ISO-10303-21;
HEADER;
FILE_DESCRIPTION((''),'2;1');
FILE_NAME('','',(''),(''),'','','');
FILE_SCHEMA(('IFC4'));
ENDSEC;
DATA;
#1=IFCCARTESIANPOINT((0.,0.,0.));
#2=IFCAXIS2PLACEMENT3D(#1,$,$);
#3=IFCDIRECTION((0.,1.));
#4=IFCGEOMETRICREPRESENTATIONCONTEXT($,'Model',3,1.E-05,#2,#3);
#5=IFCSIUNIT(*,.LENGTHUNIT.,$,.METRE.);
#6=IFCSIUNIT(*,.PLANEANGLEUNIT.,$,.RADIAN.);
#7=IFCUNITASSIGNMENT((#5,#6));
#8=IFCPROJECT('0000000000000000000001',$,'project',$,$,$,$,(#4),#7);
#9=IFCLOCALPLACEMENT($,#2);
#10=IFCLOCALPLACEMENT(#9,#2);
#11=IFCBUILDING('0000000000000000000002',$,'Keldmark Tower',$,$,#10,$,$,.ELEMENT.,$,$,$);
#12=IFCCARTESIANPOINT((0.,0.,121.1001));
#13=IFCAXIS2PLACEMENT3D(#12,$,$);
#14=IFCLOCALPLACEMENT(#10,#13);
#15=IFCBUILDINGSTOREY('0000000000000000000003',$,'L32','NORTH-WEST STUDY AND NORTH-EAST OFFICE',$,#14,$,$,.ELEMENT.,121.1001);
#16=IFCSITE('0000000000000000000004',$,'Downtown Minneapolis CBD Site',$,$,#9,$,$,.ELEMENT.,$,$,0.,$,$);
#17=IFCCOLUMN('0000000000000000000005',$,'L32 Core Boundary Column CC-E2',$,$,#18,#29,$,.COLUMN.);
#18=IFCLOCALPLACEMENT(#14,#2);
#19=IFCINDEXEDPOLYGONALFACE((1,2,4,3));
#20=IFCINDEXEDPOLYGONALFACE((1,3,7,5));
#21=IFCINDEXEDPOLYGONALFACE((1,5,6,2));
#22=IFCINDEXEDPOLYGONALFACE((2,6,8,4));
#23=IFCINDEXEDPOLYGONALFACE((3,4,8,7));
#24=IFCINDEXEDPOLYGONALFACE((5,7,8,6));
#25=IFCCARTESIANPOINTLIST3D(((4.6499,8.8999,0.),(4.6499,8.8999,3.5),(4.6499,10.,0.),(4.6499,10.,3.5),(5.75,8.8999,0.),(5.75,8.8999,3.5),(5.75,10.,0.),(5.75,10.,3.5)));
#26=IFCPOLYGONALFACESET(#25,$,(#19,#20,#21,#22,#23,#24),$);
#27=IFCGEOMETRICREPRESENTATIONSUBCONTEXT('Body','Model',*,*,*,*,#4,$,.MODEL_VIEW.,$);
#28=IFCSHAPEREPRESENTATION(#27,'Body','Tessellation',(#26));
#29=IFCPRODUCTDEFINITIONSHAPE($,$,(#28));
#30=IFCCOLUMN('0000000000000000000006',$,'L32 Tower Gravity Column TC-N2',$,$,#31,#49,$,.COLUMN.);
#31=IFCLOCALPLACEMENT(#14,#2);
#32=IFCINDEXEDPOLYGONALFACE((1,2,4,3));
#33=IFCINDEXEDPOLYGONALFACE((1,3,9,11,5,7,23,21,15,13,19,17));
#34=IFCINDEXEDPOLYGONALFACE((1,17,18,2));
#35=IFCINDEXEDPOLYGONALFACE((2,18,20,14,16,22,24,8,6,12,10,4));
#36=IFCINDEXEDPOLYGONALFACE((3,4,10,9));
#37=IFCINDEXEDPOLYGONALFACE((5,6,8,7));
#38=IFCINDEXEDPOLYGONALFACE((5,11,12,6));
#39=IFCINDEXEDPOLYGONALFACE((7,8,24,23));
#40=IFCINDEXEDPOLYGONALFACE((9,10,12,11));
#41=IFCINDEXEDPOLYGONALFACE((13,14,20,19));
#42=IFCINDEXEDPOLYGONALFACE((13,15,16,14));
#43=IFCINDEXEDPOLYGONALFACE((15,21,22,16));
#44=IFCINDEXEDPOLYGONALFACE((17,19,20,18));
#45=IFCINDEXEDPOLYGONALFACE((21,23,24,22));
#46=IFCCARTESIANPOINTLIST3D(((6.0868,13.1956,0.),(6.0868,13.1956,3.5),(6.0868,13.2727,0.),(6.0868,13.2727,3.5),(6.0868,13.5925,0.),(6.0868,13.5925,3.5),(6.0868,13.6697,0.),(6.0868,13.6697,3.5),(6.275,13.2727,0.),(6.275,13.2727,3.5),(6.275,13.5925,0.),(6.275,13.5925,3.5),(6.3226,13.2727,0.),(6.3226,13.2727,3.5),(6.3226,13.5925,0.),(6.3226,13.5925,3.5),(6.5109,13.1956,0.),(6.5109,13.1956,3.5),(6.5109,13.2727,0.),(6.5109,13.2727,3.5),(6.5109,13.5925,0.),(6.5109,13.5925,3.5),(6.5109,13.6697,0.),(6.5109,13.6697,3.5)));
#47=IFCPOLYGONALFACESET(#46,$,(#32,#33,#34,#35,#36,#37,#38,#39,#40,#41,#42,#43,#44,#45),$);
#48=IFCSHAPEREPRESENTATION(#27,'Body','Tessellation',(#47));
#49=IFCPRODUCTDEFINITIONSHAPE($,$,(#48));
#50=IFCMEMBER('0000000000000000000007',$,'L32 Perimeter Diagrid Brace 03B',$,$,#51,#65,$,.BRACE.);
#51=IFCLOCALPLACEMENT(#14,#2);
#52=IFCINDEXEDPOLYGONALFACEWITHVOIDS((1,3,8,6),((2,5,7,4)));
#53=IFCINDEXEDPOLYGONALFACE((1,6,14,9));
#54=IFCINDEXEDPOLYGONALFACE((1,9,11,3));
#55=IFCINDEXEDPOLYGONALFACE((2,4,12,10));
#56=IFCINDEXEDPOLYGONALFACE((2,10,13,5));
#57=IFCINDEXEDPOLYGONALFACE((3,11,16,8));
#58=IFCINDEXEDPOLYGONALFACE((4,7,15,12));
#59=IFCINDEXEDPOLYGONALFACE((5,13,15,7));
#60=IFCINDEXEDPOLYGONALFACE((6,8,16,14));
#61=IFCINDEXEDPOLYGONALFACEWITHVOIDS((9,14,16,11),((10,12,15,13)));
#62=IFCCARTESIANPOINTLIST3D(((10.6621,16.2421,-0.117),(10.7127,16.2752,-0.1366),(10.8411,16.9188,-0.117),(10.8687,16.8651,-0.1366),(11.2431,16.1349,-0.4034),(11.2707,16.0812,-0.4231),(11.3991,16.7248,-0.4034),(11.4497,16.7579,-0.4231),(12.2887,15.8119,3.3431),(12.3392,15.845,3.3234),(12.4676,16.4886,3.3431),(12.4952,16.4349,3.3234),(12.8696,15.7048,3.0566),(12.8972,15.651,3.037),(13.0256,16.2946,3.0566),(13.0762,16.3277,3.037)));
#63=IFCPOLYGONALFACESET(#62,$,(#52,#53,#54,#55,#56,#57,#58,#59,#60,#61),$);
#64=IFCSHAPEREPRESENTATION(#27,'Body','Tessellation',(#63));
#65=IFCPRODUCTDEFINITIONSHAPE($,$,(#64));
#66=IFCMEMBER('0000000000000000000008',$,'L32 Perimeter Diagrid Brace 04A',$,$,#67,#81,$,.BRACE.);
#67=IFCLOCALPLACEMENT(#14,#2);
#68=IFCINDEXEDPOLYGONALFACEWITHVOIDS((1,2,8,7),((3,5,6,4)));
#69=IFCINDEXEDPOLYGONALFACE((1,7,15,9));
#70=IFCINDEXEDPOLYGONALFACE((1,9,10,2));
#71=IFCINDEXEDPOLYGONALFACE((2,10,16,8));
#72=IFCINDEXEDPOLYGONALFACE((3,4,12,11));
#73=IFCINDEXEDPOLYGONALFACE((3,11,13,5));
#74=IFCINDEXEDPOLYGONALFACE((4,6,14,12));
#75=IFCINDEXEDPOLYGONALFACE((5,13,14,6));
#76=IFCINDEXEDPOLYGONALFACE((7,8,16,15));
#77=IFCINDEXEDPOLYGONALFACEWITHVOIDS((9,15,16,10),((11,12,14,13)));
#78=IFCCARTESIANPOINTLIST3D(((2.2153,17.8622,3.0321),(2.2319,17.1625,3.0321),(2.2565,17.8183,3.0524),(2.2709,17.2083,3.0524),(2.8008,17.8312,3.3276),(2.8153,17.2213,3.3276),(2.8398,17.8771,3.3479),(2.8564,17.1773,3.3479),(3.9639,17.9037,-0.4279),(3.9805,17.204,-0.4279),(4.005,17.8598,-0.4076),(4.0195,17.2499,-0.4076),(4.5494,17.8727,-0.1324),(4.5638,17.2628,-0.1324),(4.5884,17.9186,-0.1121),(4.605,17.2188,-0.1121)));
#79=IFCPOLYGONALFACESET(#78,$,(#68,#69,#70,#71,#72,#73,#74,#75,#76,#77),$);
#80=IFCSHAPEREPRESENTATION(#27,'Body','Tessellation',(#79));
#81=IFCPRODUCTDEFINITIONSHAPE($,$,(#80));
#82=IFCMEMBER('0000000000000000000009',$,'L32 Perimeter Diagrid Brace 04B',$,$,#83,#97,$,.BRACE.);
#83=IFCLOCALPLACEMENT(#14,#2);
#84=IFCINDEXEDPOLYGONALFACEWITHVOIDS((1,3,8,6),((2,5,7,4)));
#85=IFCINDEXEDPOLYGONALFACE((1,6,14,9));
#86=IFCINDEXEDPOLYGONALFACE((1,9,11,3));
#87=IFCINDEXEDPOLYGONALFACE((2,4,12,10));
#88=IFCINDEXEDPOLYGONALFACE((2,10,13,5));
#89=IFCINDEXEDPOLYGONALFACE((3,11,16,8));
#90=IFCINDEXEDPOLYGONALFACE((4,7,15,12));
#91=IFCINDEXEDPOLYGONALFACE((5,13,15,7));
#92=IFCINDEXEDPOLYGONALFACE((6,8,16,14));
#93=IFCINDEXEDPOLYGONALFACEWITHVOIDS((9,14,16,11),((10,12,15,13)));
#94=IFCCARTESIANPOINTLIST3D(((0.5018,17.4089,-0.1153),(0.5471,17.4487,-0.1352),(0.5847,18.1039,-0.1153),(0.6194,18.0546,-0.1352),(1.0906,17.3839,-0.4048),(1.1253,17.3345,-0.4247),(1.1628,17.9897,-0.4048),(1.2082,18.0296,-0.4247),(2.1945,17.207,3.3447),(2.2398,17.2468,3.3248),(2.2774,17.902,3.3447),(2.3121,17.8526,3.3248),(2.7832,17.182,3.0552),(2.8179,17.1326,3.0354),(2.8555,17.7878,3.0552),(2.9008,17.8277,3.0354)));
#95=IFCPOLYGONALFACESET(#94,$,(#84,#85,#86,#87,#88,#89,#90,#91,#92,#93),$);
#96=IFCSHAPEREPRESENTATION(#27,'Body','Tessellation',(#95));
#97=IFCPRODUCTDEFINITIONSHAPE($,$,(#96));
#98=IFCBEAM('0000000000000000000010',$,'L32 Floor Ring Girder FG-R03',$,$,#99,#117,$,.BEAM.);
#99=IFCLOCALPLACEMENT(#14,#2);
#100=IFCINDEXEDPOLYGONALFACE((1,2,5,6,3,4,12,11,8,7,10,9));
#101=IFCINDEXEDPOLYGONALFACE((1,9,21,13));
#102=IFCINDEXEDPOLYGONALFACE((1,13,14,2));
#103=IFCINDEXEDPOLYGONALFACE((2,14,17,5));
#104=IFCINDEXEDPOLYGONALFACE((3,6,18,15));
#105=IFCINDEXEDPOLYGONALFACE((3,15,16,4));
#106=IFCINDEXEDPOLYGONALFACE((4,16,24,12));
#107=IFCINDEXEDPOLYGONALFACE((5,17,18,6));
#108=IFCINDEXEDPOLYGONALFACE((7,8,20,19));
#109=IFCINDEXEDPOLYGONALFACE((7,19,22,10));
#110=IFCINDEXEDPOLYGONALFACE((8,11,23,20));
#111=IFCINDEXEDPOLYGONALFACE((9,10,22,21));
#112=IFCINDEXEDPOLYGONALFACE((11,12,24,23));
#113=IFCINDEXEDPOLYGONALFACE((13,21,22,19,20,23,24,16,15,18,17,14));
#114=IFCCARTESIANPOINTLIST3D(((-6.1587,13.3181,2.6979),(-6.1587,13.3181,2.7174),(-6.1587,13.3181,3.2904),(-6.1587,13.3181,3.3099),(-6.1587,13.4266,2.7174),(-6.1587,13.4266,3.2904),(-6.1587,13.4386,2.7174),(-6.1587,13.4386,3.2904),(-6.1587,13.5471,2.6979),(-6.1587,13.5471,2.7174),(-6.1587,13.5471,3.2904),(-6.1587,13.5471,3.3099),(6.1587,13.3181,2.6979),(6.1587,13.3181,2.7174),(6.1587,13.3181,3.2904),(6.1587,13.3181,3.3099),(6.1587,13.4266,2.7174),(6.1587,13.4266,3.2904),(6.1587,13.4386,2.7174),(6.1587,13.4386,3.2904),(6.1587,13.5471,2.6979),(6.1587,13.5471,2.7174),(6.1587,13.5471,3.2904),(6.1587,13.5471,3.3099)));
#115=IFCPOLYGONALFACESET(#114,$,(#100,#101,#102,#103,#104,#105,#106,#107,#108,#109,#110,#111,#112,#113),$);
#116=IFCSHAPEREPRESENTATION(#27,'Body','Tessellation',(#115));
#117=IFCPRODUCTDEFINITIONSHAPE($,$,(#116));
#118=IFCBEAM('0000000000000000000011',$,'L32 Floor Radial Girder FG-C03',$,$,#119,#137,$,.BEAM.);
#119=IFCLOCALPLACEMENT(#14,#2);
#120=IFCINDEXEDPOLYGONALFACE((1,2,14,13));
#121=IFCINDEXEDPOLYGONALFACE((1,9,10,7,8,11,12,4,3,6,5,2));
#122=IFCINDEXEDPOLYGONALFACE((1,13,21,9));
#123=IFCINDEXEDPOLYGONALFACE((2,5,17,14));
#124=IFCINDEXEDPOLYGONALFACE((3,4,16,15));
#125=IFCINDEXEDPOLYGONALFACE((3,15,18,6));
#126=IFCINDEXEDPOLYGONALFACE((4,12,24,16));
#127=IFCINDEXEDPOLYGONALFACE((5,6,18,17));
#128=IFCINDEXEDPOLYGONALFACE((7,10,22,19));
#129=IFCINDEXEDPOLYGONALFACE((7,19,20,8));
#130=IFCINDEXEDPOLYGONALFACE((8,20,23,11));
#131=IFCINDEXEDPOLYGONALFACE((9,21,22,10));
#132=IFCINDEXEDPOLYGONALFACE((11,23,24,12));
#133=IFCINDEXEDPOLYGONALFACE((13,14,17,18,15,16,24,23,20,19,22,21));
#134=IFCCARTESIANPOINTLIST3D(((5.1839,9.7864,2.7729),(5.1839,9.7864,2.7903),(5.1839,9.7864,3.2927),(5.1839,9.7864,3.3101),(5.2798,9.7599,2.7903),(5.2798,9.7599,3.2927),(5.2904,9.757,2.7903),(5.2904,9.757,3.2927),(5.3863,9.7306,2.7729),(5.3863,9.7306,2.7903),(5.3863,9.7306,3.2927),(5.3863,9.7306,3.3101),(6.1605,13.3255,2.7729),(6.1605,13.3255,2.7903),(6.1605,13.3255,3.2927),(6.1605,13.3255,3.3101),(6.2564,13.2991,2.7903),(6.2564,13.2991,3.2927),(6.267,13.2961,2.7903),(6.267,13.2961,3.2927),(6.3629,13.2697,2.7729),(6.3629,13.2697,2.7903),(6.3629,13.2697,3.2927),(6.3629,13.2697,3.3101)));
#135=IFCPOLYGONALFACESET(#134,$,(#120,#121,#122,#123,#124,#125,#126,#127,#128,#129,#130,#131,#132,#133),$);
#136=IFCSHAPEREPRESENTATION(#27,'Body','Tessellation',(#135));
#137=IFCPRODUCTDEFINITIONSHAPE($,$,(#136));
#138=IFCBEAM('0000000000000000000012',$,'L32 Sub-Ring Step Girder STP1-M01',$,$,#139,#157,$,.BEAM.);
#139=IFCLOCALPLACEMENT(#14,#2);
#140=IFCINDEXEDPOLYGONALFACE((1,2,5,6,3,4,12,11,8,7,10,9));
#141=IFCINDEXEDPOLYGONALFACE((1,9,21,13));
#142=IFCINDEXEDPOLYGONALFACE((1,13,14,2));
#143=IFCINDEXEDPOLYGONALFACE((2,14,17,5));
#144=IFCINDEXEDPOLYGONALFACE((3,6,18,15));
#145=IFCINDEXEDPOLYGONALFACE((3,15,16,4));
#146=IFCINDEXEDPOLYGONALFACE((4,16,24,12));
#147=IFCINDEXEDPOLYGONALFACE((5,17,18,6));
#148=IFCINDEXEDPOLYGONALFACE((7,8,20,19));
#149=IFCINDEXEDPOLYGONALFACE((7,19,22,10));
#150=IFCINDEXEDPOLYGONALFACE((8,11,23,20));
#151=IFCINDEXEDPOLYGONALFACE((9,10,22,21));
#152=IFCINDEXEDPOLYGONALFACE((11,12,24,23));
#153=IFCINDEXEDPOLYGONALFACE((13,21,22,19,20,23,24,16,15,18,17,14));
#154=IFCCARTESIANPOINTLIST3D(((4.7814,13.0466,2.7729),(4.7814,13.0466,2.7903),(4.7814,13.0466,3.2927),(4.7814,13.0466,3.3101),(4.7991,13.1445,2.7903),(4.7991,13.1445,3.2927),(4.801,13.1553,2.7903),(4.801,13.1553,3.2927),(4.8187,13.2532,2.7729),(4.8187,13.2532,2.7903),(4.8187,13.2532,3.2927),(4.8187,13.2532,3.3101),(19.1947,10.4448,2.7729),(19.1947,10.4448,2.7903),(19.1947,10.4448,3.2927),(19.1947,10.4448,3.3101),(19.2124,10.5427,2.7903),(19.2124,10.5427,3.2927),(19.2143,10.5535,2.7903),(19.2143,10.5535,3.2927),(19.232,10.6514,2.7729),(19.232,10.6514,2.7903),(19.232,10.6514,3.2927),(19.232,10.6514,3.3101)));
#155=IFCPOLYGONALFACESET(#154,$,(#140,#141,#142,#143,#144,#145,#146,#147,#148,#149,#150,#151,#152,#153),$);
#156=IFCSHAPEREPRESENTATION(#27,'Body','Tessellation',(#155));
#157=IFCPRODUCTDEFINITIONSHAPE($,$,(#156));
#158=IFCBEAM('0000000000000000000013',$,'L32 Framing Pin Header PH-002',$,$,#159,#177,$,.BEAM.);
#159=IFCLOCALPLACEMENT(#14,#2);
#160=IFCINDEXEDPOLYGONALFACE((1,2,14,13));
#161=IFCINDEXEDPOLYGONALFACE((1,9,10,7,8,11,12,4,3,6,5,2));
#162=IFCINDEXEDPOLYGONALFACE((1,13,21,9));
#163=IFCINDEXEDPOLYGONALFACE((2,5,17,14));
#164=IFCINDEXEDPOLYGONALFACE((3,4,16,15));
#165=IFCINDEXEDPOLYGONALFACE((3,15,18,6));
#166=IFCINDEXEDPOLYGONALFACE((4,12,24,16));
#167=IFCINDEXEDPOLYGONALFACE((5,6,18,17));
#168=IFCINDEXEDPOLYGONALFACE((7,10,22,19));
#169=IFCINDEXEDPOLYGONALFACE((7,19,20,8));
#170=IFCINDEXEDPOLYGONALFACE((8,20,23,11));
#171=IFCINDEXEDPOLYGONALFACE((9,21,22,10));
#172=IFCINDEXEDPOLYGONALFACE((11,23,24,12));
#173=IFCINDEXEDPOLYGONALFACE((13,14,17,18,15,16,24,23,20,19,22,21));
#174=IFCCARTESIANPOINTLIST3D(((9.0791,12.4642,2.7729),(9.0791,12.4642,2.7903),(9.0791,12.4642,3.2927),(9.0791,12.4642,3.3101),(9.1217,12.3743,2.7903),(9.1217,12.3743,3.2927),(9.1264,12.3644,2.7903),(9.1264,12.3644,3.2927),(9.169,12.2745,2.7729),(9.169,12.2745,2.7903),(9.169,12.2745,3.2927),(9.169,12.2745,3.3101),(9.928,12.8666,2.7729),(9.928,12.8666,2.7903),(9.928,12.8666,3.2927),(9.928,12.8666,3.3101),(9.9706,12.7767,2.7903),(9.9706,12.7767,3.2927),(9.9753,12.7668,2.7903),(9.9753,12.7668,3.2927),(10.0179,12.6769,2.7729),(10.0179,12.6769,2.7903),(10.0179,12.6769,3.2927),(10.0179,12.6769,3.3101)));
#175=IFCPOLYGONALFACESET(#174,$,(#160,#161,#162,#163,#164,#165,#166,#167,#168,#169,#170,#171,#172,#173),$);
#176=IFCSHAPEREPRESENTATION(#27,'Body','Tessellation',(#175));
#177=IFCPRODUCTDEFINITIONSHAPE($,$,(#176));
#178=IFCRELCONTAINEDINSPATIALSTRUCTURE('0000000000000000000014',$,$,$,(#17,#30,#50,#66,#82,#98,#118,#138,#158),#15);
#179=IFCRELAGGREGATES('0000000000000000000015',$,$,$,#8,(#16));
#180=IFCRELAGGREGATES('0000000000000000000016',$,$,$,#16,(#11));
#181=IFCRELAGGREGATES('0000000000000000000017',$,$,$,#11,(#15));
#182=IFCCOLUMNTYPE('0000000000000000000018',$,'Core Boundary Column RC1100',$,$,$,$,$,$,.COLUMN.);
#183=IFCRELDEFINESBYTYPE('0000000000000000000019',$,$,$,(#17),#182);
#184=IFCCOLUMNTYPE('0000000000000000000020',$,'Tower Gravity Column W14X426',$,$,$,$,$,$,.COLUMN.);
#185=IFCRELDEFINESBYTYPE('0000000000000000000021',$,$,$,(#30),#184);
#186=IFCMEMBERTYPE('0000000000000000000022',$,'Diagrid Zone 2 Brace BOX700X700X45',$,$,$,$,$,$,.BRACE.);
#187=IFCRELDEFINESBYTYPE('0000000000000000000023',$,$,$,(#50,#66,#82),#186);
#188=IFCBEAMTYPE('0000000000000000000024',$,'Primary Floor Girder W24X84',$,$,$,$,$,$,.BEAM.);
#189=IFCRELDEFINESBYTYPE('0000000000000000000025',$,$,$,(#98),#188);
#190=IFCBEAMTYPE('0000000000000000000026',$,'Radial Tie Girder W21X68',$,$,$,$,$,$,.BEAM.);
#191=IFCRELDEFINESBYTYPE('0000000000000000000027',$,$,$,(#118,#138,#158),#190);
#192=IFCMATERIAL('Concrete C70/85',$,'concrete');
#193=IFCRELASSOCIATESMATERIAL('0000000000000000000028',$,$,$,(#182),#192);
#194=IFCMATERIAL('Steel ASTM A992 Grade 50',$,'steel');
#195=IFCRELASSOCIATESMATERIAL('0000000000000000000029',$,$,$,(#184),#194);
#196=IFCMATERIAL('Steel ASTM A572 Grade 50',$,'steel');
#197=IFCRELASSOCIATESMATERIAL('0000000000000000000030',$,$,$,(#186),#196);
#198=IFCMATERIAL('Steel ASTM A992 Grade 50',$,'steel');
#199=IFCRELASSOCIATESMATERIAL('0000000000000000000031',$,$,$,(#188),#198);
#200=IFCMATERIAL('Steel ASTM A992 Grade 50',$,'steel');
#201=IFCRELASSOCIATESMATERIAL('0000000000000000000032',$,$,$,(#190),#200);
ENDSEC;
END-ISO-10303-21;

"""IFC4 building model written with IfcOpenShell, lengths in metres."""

from ifc_helpers import new_model, si_unit, direction, frame, origin, origin_2d, place, context, subcontext, project, spatial, rectangle, hollow_rectangle, i_section, extrude, material, material_profile, profile_set, type_object, element, save


model = new_model("IFC4")

# Units and contexts
model_context = context("Model", 3, precision=1e-05, world=origin(), true_north=direction((0.0, 1.0)))
body_context = subcontext(model_context, "Body", "Model", "MODEL_VIEW")
ifc_project = project(units=[si_unit("LENGTHUNIT", "METRE"), si_unit("PLANEANGLEUNIT", "RADIAN")], contexts=[model_context])

# Site, building, storey
site_placement = place(None, origin())
site = spatial("IfcSite", under=ifc_project, at=site_placement, Name="Downtown Minneapolis CBD Site", CompositionType="ELEMENT", RefElevation=0.0)
building_placement = place(site_placement, origin())
building = spatial("IfcBuilding", under=site, at=building_placement, Name="Keldmark Tower", CompositionType="ELEMENT")
storey_placement = place(building_placement, frame((0.0, 0.0, 121.1001)))
storey = spatial("IfcBuildingStorey", under=building, at=storey_placement, Name="L32", Description="NORTH-WEST STUDY AND NORTH-EAST OFFICE", CompositionType="ELEMENT", Elevation=121.1001)

# Columns
ifc_material_1 = material(Name="Concrete C70/85", Category="concrete")
ifc_material_profile_1 = material_profile(ifc_material_1, rectangle(XDim=1.1001, YDim=1.1001, at=origin_2d()), Name="RC1100X1100")
ifc_profile_set_1 = profile_set([ifc_material_profile_1], Name="Concrete C70/85")
column_type_1 = type_object("IfcColumnType", Name="Core Boundary Column RC1100", PredefinedType="COLUMN", material=ifc_profile_set_1)
column_1_placement = place(storey_placement, frame((5.2, 9.45, 0.0), z_axis=(0.0, 0.0, 1.0), x_axis=(1.0, 0.0, 0.0)))
element("IfcColumn", 1, at=column_1_placement, inside=storey, type_object=column_type_1, Name="L32 Core Boundary Column CC-E2", PredefinedType="COLUMN", context=body_context, shape_type="SweptSolid", body=[
    extrude(rectangle(XDim=1.1001, YDim=1.1001, at=origin_2d()), origin(), (0.0, 0.0, 1.0), 3.5),
])
ifc_material_2 = material(Name="Steel ASTM A992 Grade 50", Category="steel")
ifc_material_profile_2 = material_profile(ifc_material_2, i_section(OverallWidth=0.4241, OverallDepth=0.4741, WebThickness=0.0476, FlangeThickness=0.0771, at=origin_2d()), Name="W14X426")
ifc_profile_set_2 = profile_set([ifc_material_profile_2], Name="Steel ASTM A992 Grade 50")
column_type_2 = type_object("IfcColumnType", Name="Tower Gravity Column W14X426", PredefinedType="COLUMN", material=ifc_profile_set_2)
column_2_placement = place(storey_placement, frame((6.2988, 13.4326, 0.0), z_axis=(0.0, 0.0, 1.0), x_axis=(1.0, 0.0, 0.0)))
element("IfcColumn", 2, at=column_2_placement, inside=storey, type_object=column_type_2, Name="L32 Tower Gravity Column TC-N2", PredefinedType="COLUMN", context=body_context, shape_type="SweptSolid", body=[
    extrude(i_section(OverallWidth=0.4241, OverallDepth=0.4741, WebThickness=0.0476, FlangeThickness=0.0771, at=origin_2d()), origin(), (0.0, 0.0, 1.0), 3.5),
])

# Members
ifc_material_3 = material(Name="Steel ASTM A572 Grade 50", Category="steel")
ifc_material_profile_3 = material_profile(ifc_material_3, hollow_rectangle(XDim=0.7, YDim=0.7, WallThickness=0.0449, at=origin_2d()), Name="BOX700X700X45")
ifc_profile_set_3 = profile_set([ifc_material_profile_3], Name="Steel ASTM A572 Grade 50")
member_type = type_object("IfcMemberType", Name="Diagrid Zone 2 Brace BOX700X700X45", PredefinedType="BRACE", material=ifc_profile_set_3)
member_1_placement = place(storey_placement, frame((11.0559, 16.5, -0.27), z_axis=(0.422754, -0.111812, 0.89932), x_axis=(0.255693, 0.966758, 0.0)))
element("IfcMember", 3, at=member_1_placement, inside=storey, type_object=member_type, Name="L32 Perimeter Diagrid Brace 03B", PredefinedType="BRACE", context=body_context, shape_type="SweptSolid", body=[
    extrude(hollow_rectangle(XDim=0.7, YDim=0.7, WallThickness=0.0449, at=origin_2d()), origin(), (0.0, 0.0, 1.0), 3.8474),
])
member_2_placement = place(storey_placement, frame((4.2844, 17.5613, -0.27), z_axis=(-0.451013, -0.010705, 0.892453), x_axis=(0.02373, -0.999718, 0.0)))
element("IfcMember", 4, at=member_2_placement, inside=storey, type_object=member_type, Name="L32 Perimeter Diagrid Brace 04A", PredefinedType="BRACE", context=body_context, shape_type="SweptSolid", body=[
    extrude(hollow_rectangle(XDim=0.7, YDim=0.7, WallThickness=0.0449, at=origin_2d()), origin(), (0.0, 0.0, 1.0), 3.877),
])
member_3_placement = place(storey_placement, frame((0.855, 17.7192, -0.27), z_axis=(0.438836, -0.052346, 0.897041), x_axis=(0.118445, 0.992961, 0.0)))
element("IfcMember", 5, at=member_3_placement, inside=storey, type_object=member_type, Name="L32 Perimeter Diagrid Brace 04B", PredefinedType="BRACE", context=body_context, shape_type="SweptSolid", body=[
    extrude(hollow_rectangle(XDim=0.7, YDim=0.7, WallThickness=0.0449, at=origin_2d()), origin(), (0.0, 0.0, 1.0), 3.8572),
])

# Beams
ifc_material_4 = material(Name="Steel ASTM A992 Grade 50", Category="steel")
ifc_material_profile_4 = material_profile(ifc_material_4, i_section(OverallWidth=0.229, OverallDepth=0.6121, WebThickness=0.012, FlangeThickness=0.0195, at=origin_2d()), Name="W24X84")
ifc_profile_set_4 = profile_set([ifc_material_profile_4], Name="Steel ASTM A992 Grade 50")
beam_type_1 = type_object("IfcBeamType", Name="Primary Floor Girder W24X84", PredefinedType="BEAM", material=ifc_profile_set_4)
beam_1_placement = place(storey_placement, frame((6.1587, 13.4326, 3.0039), z_axis=(-1.0, 0.0, 0.0), x_axis=(0.0, -1.0, 0.0)))
element("IfcBeam", 6, at=beam_1_placement, inside=storey, type_object=beam_type_1, Name="L32 Floor Ring Girder FG-R03", PredefinedType="BEAM", context=body_context, shape_type="SweptSolid", body=[
    extrude(i_section(OverallWidth=0.229, OverallDepth=0.6121, WebThickness=0.012, FlangeThickness=0.0195, at=origin_2d()), origin(), (0.0, 0.0, 1.0), 12.3174),
])
ifc_material_5 = material(Name="Steel ASTM A992 Grade 50", Category="steel")
ifc_material_profile_5 = material_profile(ifc_material_5, i_section(OverallWidth=0.21, OverallDepth=0.5371, WebThickness=0.011, FlangeThickness=0.0173, at=origin_2d()), Name="W21X68")
ifc_profile_set_5 = profile_set([ifc_material_profile_5], Name="Steel ASTM A992 Grade 50")
beam_type_2 = type_object("IfcBeamType", Name="Radial Tie Girder W21X68", PredefinedType="BEAM", material=ifc_profile_set_5)
beam_2_placement = place(storey_placement, frame((6.2617, 13.2976, 3.0415), z_axis=(-0.265997, -0.963974, 0.0), x_axis=(0.963974, -0.265997, 0.0)))
element("IfcBeam", 7, at=beam_2_placement, inside=storey, type_object=beam_type_2, Name="L32 Floor Radial Girder FG-C03", PredefinedType="BEAM", context=body_context, shape_type="SweptSolid", body=[
    extrude(i_section(OverallWidth=0.21, OverallDepth=0.5371, WebThickness=0.011, FlangeThickness=0.0173, at=origin_2d()), origin(), (0.0, 0.0, 1.0), 3.6714),
])
beam_3_placement = place(storey_placement, frame((4.8, 13.1499, 3.0415), z_axis=(0.984095, -0.177643, 0.0), x_axis=(0.177643, 0.984095, 0.0)))
element("IfcBeam", 8, at=beam_3_placement, inside=storey, type_object=beam_type_2, Name="L32 Sub-Ring Step Girder STP1-M01", PredefinedType="BEAM", context=body_context, shape_type="SweptSolid", body=[
    extrude(i_section(OverallWidth=0.21, OverallDepth=0.5371, WebThickness=0.011, FlangeThickness=0.0173, at=origin_2d()), origin(), (0.0, 0.0, 1.0), 14.6462),
])
beam_4_placement = place(storey_placement, frame((9.124, 12.3694, 3.0415), z_axis=(0.903637, 0.428299, 0.0), x_axis=(-0.428299, 0.903637, 0.0)))
element("IfcBeam", 9, at=beam_4_placement, inside=storey, type_object=beam_type_2, Name="L32 Framing Pin Header PH-002", PredefinedType="BEAM", context=body_context, shape_type="SweptSolid", body=[
    extrude(i_section(OverallWidth=0.21, OverallDepth=0.5371, WebThickness=0.011, FlangeThickness=0.0173, at=origin_2d()), origin(), (0.0, 0.0, 1.0), 0.9395),
])

save(model, "model.ifc")
